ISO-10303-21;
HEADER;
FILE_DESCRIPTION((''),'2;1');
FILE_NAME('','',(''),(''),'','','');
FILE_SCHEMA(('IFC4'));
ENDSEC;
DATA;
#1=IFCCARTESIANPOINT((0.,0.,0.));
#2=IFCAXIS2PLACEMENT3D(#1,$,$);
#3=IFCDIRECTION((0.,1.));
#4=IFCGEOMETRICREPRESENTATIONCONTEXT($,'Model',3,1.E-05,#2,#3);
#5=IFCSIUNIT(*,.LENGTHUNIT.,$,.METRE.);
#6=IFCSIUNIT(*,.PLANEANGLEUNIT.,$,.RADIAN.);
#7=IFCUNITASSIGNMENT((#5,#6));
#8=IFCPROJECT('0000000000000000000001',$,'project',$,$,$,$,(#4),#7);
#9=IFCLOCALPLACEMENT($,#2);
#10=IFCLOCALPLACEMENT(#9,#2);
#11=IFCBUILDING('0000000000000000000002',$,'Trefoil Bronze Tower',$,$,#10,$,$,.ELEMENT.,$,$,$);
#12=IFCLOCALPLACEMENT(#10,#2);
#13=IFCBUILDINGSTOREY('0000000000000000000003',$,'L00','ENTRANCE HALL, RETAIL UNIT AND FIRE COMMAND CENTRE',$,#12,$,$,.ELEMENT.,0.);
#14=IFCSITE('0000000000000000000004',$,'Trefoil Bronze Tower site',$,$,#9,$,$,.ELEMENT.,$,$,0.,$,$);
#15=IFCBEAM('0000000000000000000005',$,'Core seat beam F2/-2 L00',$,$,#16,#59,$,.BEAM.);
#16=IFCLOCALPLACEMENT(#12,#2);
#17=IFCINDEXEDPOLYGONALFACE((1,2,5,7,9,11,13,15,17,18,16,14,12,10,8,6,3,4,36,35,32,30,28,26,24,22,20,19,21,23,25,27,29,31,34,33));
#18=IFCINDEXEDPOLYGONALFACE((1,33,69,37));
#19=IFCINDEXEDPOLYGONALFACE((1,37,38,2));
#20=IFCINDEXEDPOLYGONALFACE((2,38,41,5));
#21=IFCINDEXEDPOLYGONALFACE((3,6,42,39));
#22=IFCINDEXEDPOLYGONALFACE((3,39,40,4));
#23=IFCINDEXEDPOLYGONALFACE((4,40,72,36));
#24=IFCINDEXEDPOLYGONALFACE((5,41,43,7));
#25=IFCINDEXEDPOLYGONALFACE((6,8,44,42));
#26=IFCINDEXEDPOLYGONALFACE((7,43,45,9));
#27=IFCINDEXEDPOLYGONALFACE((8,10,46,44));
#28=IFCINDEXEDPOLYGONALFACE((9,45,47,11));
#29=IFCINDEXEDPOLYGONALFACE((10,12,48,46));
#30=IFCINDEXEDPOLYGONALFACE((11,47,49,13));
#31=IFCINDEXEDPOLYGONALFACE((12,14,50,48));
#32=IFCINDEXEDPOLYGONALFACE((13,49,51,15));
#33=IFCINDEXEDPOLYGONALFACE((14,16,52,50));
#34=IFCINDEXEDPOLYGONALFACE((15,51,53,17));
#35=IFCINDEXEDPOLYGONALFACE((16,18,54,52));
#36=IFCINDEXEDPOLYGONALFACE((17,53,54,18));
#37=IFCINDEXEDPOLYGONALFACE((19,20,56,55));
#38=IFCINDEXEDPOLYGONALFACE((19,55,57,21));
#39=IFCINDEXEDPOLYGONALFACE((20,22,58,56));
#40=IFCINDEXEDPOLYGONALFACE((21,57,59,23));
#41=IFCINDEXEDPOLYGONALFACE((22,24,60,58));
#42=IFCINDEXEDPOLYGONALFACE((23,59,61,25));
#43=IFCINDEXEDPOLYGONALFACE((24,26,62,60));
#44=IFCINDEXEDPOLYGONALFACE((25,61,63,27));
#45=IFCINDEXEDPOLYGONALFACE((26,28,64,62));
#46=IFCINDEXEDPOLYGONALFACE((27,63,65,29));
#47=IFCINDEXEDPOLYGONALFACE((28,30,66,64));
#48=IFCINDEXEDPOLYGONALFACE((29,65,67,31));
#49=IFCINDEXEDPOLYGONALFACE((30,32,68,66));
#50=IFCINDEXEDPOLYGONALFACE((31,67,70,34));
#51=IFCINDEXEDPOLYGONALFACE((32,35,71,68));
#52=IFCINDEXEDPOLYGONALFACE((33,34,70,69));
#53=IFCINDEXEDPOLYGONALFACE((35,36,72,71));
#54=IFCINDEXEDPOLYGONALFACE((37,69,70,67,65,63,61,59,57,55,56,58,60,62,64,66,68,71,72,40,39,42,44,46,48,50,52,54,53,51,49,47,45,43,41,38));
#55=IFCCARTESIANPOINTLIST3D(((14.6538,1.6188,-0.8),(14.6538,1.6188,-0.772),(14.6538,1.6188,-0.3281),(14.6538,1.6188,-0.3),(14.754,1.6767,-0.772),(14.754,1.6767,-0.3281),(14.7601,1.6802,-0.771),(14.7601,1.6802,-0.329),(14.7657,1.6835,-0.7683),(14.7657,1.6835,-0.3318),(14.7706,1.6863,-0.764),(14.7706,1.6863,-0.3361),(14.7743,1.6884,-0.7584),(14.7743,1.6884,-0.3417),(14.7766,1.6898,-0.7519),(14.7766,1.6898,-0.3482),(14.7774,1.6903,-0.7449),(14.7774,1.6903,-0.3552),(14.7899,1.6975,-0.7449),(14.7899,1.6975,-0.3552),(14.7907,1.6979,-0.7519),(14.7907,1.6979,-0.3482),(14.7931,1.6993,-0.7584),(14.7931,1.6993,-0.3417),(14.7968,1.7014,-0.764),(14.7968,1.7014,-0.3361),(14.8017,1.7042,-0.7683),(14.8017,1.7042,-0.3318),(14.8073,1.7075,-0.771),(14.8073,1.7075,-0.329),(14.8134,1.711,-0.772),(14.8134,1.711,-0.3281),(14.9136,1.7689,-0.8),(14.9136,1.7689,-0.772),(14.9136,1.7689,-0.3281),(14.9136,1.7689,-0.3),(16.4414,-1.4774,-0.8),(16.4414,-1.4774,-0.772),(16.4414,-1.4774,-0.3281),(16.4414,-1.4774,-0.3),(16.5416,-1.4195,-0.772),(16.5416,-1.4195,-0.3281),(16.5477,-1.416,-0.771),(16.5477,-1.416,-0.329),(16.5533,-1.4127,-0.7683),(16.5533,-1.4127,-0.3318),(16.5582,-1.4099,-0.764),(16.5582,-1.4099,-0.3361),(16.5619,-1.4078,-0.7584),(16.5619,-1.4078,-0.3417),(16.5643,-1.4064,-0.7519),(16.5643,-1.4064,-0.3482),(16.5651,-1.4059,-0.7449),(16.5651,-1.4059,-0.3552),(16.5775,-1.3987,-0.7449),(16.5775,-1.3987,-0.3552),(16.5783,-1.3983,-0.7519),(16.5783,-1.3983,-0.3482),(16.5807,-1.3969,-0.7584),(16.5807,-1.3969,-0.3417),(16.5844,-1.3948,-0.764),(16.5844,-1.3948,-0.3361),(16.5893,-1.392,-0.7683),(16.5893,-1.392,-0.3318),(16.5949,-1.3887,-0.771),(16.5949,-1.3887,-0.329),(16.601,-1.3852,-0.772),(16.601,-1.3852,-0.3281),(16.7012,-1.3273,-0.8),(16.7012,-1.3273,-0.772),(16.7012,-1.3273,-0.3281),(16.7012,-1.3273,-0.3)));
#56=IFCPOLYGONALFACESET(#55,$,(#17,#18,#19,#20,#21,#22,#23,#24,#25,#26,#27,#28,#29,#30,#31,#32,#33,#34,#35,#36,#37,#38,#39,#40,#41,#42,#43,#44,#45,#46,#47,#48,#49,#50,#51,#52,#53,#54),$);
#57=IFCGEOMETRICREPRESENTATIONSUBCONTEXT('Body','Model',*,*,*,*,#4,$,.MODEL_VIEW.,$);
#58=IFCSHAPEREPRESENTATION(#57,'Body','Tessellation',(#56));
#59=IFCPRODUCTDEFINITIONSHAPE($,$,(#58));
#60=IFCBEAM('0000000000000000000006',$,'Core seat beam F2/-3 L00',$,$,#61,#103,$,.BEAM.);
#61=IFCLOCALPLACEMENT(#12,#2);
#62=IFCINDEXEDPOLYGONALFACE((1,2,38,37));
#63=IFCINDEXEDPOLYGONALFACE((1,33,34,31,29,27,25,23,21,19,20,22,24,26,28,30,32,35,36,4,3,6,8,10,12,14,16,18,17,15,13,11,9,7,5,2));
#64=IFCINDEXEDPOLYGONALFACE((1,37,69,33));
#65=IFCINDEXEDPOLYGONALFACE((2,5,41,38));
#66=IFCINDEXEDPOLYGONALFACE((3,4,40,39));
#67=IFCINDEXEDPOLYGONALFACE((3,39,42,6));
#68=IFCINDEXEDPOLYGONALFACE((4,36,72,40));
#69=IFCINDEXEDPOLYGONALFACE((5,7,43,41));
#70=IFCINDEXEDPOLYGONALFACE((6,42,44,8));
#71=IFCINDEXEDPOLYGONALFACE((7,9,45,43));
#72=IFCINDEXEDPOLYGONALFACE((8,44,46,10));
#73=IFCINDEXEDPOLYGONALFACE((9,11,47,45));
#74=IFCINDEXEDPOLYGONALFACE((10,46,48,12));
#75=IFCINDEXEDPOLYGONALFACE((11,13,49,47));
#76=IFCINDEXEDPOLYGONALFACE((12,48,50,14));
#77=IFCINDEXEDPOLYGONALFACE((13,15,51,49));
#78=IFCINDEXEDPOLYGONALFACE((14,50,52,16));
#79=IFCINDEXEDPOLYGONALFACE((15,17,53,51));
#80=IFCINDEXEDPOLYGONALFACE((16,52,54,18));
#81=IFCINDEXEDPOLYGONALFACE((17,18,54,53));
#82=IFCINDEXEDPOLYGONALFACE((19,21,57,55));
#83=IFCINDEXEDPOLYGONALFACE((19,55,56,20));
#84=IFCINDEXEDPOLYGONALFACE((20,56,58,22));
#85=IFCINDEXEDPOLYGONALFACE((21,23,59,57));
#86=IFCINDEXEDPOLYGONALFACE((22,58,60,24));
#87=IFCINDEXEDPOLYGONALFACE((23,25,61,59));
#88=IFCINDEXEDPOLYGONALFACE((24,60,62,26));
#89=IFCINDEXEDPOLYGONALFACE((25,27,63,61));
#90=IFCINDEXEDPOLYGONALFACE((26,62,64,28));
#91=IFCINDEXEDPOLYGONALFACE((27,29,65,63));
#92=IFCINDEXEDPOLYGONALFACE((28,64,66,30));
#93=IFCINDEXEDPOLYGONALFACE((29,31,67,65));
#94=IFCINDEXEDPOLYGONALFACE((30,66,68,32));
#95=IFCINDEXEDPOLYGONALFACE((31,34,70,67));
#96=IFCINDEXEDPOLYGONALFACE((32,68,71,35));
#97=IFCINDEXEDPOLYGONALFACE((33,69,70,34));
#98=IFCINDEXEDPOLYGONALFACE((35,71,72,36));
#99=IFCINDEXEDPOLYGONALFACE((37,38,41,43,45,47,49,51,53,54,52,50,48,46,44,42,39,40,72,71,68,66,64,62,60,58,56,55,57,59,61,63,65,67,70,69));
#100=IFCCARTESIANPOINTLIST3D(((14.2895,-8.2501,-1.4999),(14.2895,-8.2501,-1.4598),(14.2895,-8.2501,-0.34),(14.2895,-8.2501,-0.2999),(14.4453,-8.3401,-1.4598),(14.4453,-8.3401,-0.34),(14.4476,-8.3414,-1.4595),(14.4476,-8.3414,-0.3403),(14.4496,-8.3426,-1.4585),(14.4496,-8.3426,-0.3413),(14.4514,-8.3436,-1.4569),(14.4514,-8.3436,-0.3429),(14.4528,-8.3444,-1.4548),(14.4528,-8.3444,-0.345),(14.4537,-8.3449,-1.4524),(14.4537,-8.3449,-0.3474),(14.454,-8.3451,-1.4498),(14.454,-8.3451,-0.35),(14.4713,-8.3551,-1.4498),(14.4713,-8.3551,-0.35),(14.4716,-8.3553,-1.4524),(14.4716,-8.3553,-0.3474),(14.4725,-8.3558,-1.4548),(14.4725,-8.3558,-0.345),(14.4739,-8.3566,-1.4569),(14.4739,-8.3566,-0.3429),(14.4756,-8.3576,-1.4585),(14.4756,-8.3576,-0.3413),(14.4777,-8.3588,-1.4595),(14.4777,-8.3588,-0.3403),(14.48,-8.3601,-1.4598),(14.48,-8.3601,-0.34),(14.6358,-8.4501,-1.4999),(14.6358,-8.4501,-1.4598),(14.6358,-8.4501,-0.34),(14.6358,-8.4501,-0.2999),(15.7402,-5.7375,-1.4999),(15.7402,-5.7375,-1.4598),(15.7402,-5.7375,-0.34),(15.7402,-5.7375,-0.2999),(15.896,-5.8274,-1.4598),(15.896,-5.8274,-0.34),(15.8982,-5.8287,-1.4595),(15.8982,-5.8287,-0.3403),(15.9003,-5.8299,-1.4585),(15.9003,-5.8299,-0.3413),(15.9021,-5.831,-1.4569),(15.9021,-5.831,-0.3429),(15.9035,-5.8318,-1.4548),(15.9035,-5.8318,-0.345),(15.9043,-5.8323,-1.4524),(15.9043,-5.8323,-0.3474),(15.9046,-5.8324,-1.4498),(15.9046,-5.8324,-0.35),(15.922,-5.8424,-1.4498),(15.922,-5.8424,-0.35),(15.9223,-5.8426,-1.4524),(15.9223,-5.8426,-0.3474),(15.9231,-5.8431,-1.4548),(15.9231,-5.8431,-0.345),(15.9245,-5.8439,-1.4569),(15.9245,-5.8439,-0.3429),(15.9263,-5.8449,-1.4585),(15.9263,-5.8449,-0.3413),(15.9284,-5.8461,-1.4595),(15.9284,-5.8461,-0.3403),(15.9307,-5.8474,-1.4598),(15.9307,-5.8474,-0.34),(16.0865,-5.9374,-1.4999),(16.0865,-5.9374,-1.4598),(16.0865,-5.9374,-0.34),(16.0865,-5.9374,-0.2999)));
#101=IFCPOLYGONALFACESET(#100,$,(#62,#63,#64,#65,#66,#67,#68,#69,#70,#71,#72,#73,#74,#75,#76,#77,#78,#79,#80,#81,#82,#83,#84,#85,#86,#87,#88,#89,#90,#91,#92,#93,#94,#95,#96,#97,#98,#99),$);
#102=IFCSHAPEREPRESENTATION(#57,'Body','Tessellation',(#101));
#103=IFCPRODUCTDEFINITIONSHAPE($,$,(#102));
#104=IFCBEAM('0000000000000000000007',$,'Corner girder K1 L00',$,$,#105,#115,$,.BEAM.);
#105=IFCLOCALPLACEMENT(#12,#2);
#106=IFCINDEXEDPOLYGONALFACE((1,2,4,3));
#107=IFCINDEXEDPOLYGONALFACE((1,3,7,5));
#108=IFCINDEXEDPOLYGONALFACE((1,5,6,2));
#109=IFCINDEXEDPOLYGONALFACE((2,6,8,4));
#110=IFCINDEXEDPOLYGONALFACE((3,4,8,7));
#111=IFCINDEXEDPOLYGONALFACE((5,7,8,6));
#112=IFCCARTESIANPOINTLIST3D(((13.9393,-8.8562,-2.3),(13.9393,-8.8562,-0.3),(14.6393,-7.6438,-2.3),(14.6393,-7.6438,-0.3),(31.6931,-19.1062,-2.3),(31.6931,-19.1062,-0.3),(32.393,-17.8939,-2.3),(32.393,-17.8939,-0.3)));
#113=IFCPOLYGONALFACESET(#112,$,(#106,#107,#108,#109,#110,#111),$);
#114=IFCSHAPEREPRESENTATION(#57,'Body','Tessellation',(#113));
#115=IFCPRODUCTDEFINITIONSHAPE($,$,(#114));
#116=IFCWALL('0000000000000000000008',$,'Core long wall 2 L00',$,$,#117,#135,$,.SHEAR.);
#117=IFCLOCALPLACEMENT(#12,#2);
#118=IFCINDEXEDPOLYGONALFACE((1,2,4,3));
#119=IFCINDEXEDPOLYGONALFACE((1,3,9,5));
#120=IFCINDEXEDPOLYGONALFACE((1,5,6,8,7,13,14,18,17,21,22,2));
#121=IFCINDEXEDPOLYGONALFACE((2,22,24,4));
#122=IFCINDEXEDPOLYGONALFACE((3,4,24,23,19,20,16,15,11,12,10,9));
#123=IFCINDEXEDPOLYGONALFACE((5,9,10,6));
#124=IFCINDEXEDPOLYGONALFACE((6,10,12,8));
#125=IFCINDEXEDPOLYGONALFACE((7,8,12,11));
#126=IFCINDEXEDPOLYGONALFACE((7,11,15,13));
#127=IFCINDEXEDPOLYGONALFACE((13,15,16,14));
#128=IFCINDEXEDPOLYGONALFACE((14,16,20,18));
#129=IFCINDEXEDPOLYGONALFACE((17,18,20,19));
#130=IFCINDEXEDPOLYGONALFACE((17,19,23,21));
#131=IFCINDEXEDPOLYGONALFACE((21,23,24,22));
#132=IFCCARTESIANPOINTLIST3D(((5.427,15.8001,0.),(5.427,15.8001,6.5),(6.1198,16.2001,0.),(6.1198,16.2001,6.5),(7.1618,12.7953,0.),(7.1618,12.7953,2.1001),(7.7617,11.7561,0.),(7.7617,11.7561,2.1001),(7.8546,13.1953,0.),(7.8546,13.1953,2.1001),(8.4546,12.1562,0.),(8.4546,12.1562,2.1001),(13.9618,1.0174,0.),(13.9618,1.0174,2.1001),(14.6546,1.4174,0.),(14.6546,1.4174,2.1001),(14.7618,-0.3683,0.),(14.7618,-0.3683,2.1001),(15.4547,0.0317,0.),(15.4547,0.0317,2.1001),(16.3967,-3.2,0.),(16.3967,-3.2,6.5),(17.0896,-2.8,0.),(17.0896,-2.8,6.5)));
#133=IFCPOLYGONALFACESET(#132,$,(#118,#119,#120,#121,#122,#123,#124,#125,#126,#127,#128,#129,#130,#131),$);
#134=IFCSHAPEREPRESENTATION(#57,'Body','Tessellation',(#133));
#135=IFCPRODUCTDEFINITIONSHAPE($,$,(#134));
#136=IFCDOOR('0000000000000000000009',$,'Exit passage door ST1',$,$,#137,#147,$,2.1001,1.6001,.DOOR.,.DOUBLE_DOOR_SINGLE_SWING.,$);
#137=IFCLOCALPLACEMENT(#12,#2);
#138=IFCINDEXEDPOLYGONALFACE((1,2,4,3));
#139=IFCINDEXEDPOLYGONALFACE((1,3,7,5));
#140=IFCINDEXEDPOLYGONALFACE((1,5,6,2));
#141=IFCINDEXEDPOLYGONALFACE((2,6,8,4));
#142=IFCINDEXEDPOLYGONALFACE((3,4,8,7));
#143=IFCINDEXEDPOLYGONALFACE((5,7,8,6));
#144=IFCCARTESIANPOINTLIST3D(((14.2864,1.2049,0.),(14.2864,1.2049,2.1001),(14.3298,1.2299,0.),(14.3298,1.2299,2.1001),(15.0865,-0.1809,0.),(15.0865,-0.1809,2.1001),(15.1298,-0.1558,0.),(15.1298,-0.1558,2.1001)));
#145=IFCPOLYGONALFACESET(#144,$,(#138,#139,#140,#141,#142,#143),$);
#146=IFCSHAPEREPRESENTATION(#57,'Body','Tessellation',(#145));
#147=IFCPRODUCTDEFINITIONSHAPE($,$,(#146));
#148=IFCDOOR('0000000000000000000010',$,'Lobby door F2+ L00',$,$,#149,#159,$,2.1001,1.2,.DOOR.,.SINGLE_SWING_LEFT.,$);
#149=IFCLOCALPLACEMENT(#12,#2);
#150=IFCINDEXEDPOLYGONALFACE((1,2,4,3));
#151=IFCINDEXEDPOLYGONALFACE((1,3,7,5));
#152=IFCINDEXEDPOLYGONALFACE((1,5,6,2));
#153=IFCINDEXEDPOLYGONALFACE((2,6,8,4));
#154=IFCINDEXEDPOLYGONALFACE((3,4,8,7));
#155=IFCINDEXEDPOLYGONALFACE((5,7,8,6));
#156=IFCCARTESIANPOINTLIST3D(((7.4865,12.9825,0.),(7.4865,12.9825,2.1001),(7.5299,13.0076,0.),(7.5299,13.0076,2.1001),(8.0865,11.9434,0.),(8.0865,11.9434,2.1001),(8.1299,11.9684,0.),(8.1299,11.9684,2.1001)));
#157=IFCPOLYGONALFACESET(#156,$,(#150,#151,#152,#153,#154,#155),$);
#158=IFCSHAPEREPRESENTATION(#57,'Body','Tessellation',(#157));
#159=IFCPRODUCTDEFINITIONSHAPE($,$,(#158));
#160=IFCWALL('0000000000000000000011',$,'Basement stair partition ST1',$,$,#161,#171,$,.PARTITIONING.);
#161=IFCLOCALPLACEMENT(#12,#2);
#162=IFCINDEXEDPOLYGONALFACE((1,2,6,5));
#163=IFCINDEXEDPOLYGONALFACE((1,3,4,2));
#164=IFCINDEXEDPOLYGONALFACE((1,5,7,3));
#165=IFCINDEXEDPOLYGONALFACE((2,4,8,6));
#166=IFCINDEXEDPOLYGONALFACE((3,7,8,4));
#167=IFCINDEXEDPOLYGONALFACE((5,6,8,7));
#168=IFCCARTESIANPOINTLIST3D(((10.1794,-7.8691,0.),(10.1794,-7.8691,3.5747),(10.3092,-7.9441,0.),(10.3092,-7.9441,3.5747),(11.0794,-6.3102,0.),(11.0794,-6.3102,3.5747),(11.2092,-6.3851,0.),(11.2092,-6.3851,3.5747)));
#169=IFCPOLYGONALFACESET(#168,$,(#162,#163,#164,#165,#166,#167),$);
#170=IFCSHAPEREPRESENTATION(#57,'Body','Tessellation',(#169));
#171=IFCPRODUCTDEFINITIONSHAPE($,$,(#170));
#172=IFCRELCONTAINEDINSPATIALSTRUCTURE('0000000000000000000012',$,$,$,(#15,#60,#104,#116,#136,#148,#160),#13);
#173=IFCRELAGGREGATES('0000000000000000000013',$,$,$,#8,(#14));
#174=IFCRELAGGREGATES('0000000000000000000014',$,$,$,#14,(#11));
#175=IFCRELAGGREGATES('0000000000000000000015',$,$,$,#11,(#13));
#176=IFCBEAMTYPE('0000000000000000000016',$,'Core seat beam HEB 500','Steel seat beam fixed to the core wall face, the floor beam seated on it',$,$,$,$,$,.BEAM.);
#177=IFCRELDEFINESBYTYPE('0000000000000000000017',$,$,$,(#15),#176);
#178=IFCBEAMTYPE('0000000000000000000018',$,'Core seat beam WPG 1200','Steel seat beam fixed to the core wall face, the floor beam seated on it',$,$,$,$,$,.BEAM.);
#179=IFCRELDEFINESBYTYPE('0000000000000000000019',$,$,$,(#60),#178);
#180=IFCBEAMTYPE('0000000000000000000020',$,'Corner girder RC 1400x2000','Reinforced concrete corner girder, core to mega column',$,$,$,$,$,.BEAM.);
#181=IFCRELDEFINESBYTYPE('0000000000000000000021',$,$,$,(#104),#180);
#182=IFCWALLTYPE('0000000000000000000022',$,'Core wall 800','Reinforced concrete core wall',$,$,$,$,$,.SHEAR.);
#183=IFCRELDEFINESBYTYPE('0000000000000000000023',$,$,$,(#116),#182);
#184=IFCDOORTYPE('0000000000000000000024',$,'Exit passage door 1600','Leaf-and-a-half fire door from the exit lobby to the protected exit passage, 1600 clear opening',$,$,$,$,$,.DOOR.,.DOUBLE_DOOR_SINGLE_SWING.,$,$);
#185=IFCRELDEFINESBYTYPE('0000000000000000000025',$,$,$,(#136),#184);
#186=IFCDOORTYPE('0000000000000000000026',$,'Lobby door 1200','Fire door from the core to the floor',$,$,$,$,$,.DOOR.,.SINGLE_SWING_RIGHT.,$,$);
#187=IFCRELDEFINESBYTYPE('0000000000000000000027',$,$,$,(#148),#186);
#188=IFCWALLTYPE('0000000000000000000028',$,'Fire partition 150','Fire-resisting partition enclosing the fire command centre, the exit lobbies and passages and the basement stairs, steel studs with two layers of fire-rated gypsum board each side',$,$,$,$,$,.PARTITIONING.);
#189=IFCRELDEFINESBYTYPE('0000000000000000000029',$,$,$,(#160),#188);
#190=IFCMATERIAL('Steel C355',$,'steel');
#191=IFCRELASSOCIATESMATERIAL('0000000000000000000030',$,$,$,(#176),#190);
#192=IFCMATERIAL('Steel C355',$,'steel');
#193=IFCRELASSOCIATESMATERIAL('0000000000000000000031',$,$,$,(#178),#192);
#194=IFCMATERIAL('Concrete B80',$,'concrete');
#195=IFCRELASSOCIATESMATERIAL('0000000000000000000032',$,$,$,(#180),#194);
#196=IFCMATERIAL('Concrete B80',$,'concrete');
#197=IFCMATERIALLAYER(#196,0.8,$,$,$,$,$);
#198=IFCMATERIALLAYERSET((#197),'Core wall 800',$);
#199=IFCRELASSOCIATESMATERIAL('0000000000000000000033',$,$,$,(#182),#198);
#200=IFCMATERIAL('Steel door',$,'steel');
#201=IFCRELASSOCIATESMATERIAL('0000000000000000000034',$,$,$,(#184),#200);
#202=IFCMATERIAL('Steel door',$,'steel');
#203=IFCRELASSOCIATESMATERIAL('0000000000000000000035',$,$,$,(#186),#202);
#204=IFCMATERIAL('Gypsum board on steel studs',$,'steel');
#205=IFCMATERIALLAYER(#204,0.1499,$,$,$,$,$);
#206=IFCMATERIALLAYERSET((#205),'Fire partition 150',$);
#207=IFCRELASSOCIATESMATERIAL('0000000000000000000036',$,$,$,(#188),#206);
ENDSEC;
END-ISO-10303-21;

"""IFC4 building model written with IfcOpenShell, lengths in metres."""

from ifc_helpers import new_model, si_unit, direction, frame, frame_2d, origin, origin_2d, place, context, subcontext, project, spatial, rectangle, i_section, extrude, material, layer, layer_set, material_profile, profile_set, type_object, element, fill, save


model = new_model("IFC4")

# Units and contexts
model_context = context("Model", 3, precision=1e-05, world=origin(), true_north=direction((0.0, 1.0)))
body_context = subcontext(model_context, "Body", "Model", "MODEL_VIEW")
ifc_project = project(units=[si_unit("LENGTHUNIT", "METRE"), si_unit("PLANEANGLEUNIT", "RADIAN")], contexts=[model_context])

# Site, building, storey
site_placement = place(None, origin())
site = spatial("IfcSite", under=ifc_project, at=site_placement, Name="Trefoil Bronze Tower site", CompositionType="ELEMENT", RefElevation=0.0)
building_placement = place(site_placement, origin())
building = spatial("IfcBuilding", under=site, at=building_placement, Name="Trefoil Bronze Tower", CompositionType="ELEMENT")
storey_placement = place(building_placement, origin())
storey = spatial("IfcBuildingStorey", under=building, at=storey_placement, Name="L00", Description="ENTRANCE HALL, RETAIL UNIT AND FIRE COMMAND CENTRE", CompositionType="ELEMENT", Elevation=0.0)

# Beams
ifc_material_1 = material(Name="Steel C355", Category="steel")
ifc_material_profile_1 = material_profile(ifc_material_1, i_section(OverallWidth=0.3, OverallDepth=0.5, WebThickness=0.0144, FlangeThickness=0.0281, FilletRadius=0.0271, at=origin_2d()), Name="HEB 500")
ifc_profile_set_1 = profile_set([ifc_material_profile_1], Name="Steel C355")
beam_type_1 = type_object("IfcBeamType", Name="Core seat beam HEB 500", Description="Steel seat beam fixed to the core wall face, the floor beam seated on it", PredefinedType="BEAM", material=ifc_profile_set_1)
beam_1_placement = place(storey_placement, frame((16.5713, -1.4023, -0.55), z_axis=(-0.500002, 0.866024, 0.0), x_axis=(-0.866024, -0.500002, 0.0)))
element("IfcBeam", 1, at=beam_1_placement, inside=storey, type_object=beam_type_1, Name="Core seat beam F2/-2 L00", PredefinedType="BEAM", context=body_context, shape_type="SweptSolid", body=[
    extrude(i_section(OverallWidth=0.3, OverallDepth=0.5, WebThickness=0.0144, FlangeThickness=0.0281, FilletRadius=0.0271, at=origin_2d()), origin(), (0.0, 0.0, 1.0), 3.5752),
])
ifc_material_2 = material(Name="Steel C355", Category="steel")
ifc_material_profile_2 = material_profile(ifc_material_2, i_section(OverallWidth=0.3999, OverallDepth=1.2, WebThickness=0.02, FlangeThickness=0.04, FilletRadius=0.01, at=origin_2d()), Name="WPG 1200")
ifc_profile_set_2 = profile_set([ifc_material_profile_2], Name="Steel C355")
beam_type_2 = type_object("IfcBeamType", Name="Core seat beam WPG 1200", Description="Steel seat beam fixed to the core wall face, the floor beam seated on it", PredefinedType="BEAM", material=ifc_profile_set_2)
beam_2_placement = place(storey_placement, frame((14.4626, -8.3501, -0.8999), z_axis=(0.499994, 0.866029, 0.0), x_axis=(-0.866029, 0.499994, 0.0)))
element("IfcBeam", 2, at=beam_2_placement, inside=storey, type_object=beam_type_2, Name="Core seat beam F2/-3 L00", PredefinedType="BEAM", context=body_context, shape_type="SweptSolid", body=[
    extrude(i_section(OverallWidth=0.3999, OverallDepth=1.2, WebThickness=0.02, FlangeThickness=0.04, FilletRadius=0.01, at=origin_2d()), origin(), (0.0, 0.0, 1.0), 2.9014),
])
ifc_material_3 = material(Name="Concrete B80", Category="concrete")
ifc_material_profile_3 = material_profile(ifc_material_3, rectangle(XDim=1.3999, YDim=2.0, at=origin_2d()), Name="RC 1400x2000")
ifc_profile_set_3 = profile_set([ifc_material_profile_3], Name="Concrete B80")
beam_type_3 = type_object("IfcBeamType", Name="Corner girder RC 1400x2000", Description="Reinforced concrete corner girder, core to mega column", PredefinedType="BEAM", material=ifc_profile_set_3)
beam_3_placement = place(storey_placement, frame((14.2893, -8.25, -1.3), z_axis=(0.866027, -0.499997, 0.0), x_axis=(0.499997, 0.866027, 0.0)))
element("IfcBeam", 3, at=beam_3_placement, inside=storey, type_object=beam_type_3, Name="Corner girder K1 L00", PredefinedType="BEAM", context=body_context, shape_type="SweptSolid", body=[
    extrude(rectangle(XDim=1.3999, YDim=2.0, at=origin_2d()), origin(), (0.0, 0.0, 1.0), 20.5002),
])

# Wall, openings, doors
ifc_material_4 = material(Name="Concrete B80", Category="concrete")
ifc_layer_1 = layer(ifc_material_4, 0.8)
ifc_layer_set_1 = layer_set([ifc_layer_1], Name="Core wall 800")
wall_type_1 = type_object("IfcWallType", Name="Core wall 800", Description="Reinforced concrete core wall", PredefinedType="SHEAR", material=ifc_layer_set_1)
wall_1_placement = place(storey_placement, frame((16.7432, -3.0, 0.0), z_axis=(0.0, 0.0, 1.0), x_axis=(-0.500002, 0.866024, 0.0)))
wall_1 = element("IfcWall", 4, at=wall_1_placement, inside=storey, type_object=wall_type_1, Name="Core long wall 2 L00", PredefinedType="SHEAR", context=body_context, shape_type="SweptSolid", body=[
    extrude(rectangle(XDim=21.9395, YDim=0.8, at=frame_2d((10.9697, 0.0))), origin(), (0.0, 0.0, 1.0), 6.5),
])
opening_1_placement = place(wall_1_placement, frame((17.2698, 0.0, 0.0)))
opening_1 = element("IfcOpeningElement", 5, at=opening_1_placement, cuts=wall_1, PredefinedType="OPENING", context=body_context, shape_type="SweptSolid", body=[
    extrude(rectangle(XDim=1.2, YDim=2.1001, at=frame_2d((0.6001, 1.05))), frame((0.0, 0.4099, 0.0), z_axis=(0.0, -1.0, 0.0), x_axis=(1.0, 0.0, 0.0)), (0.0, 0.0, 1.0), 0.8201),
])
opening_2_placement = place(wall_1_placement, frame((3.2698, 0.0, 0.0)))
opening_2 = element("IfcOpeningElement", 6, at=opening_2_placement, cuts=wall_1, PredefinedType="OPENING", context=body_context, shape_type="SweptSolid", body=[
    extrude(rectangle(XDim=1.6001, YDim=2.1001, at=frame_2d((0.8, 1.05))), frame((0.0, 0.4099, 0.0), z_axis=(0.0, -1.0, 0.0), x_axis=(1.0, 0.0, 0.0)), (0.0, 0.0, 1.0), 0.8201),
])
ifc_material_5 = material(Name="Steel door", Category="steel")
door_type_1 = type_object("IfcDoorType", Name="Exit passage door 1600", Description="Leaf-and-a-half fire door from the exit lobby to the protected exit passage, 1600 clear opening", OperationType="DOUBLE_DOOR_SINGLE_SWING", PredefinedType="DOOR", material=ifc_material_5)
door_1_placement = place(opening_2_placement, frame((1.6001, 0.0, 0.0), z_axis=(0.0, 0.0, 1.0), x_axis=(-1.0, 0.0, 0.0)))
door_1 = element("IfcDoor", 7, at=door_1_placement, inside=storey, type_object=door_type_1, Name="Exit passage door ST1", OperationType="DOUBLE_DOOR_SINGLE_SWING", OverallHeight=2.1001, OverallWidth=1.6001, PredefinedType="DOOR", context=body_context, shape_type="SweptSolid", body=[
    extrude(rectangle(XDim=1.6001, YDim=2.1001, at=frame_2d((0.8, 1.05))), frame((0.0, 0.0249, 0.0), z_axis=(0.0, -1.0, 0.0), x_axis=(1.0, 0.0, 0.0)), (0.0, 0.0, 1.0), 0.05),
])
fill(opening_2, door_1)
ifc_material_6 = material(Name="Steel door", Category="steel")
door_type_2 = type_object("IfcDoorType", Name="Lobby door 1200", Description="Fire door from the core to the floor", OperationType="SINGLE_SWING_RIGHT", PredefinedType="DOOR", material=ifc_material_6)
door_2_placement = place(opening_1_placement, frame((1.2, 0.0, 0.0), z_axis=(0.0, 0.0, 1.0), x_axis=(-1.0, 0.0, 0.0)))
door_2 = element("IfcDoor", 8, at=door_2_placement, inside=storey, type_object=door_type_2, Name="Lobby door F2+ L00", OperationType="SINGLE_SWING_LEFT", OverallHeight=2.1001, OverallWidth=1.2, PredefinedType="DOOR", context=body_context, shape_type="SweptSolid", body=[
    extrude(rectangle(XDim=1.2, YDim=2.1001, at=frame_2d((0.6001, 1.05))), frame((0.0, 0.0249, 0.0), z_axis=(0.0, -1.0, 0.0), x_axis=(1.0, 0.0, 0.0)), (0.0, 0.0, 1.0), 0.05),
])
fill(opening_1, door_2)

# Wall
ifc_material_7 = material(Name="Gypsum board on steel studs", Category="steel")
ifc_layer_2 = layer(ifc_material_7, 0.1499)
ifc_layer_set_2 = layer_set([ifc_layer_2], Name="Fire partition 150")
wall_type_2 = type_object("IfcWallType", Name="Fire partition 150", Description="Fire-resisting partition enclosing the fire command centre, the exit lobbies and passages and the basement stairs, steel studs with two layers of fire-rated gypsum board each side", PredefinedType="PARTITIONING", material=ifc_layer_set_2)
wall_2_placement = place(storey_placement, frame((10.2444, -7.9065, 0.0), z_axis=(0.0, 0.0, 1.0), x_axis=(0.499961, 0.866048, 0.0)))
element("IfcWall", 9, at=wall_2_placement, inside=storey, type_object=wall_type_2, Name="Basement stair partition ST1", PredefinedType="PARTITIONING", context=body_context, shape_type="SweptSolid", body=[
    extrude(rectangle(XDim=1.8, YDim=0.1499, at=frame_2d((0.8999, 0.0))), origin(), (0.0, 0.0, 1.0), 3.5747),
])

save(model, "model.ifc")
